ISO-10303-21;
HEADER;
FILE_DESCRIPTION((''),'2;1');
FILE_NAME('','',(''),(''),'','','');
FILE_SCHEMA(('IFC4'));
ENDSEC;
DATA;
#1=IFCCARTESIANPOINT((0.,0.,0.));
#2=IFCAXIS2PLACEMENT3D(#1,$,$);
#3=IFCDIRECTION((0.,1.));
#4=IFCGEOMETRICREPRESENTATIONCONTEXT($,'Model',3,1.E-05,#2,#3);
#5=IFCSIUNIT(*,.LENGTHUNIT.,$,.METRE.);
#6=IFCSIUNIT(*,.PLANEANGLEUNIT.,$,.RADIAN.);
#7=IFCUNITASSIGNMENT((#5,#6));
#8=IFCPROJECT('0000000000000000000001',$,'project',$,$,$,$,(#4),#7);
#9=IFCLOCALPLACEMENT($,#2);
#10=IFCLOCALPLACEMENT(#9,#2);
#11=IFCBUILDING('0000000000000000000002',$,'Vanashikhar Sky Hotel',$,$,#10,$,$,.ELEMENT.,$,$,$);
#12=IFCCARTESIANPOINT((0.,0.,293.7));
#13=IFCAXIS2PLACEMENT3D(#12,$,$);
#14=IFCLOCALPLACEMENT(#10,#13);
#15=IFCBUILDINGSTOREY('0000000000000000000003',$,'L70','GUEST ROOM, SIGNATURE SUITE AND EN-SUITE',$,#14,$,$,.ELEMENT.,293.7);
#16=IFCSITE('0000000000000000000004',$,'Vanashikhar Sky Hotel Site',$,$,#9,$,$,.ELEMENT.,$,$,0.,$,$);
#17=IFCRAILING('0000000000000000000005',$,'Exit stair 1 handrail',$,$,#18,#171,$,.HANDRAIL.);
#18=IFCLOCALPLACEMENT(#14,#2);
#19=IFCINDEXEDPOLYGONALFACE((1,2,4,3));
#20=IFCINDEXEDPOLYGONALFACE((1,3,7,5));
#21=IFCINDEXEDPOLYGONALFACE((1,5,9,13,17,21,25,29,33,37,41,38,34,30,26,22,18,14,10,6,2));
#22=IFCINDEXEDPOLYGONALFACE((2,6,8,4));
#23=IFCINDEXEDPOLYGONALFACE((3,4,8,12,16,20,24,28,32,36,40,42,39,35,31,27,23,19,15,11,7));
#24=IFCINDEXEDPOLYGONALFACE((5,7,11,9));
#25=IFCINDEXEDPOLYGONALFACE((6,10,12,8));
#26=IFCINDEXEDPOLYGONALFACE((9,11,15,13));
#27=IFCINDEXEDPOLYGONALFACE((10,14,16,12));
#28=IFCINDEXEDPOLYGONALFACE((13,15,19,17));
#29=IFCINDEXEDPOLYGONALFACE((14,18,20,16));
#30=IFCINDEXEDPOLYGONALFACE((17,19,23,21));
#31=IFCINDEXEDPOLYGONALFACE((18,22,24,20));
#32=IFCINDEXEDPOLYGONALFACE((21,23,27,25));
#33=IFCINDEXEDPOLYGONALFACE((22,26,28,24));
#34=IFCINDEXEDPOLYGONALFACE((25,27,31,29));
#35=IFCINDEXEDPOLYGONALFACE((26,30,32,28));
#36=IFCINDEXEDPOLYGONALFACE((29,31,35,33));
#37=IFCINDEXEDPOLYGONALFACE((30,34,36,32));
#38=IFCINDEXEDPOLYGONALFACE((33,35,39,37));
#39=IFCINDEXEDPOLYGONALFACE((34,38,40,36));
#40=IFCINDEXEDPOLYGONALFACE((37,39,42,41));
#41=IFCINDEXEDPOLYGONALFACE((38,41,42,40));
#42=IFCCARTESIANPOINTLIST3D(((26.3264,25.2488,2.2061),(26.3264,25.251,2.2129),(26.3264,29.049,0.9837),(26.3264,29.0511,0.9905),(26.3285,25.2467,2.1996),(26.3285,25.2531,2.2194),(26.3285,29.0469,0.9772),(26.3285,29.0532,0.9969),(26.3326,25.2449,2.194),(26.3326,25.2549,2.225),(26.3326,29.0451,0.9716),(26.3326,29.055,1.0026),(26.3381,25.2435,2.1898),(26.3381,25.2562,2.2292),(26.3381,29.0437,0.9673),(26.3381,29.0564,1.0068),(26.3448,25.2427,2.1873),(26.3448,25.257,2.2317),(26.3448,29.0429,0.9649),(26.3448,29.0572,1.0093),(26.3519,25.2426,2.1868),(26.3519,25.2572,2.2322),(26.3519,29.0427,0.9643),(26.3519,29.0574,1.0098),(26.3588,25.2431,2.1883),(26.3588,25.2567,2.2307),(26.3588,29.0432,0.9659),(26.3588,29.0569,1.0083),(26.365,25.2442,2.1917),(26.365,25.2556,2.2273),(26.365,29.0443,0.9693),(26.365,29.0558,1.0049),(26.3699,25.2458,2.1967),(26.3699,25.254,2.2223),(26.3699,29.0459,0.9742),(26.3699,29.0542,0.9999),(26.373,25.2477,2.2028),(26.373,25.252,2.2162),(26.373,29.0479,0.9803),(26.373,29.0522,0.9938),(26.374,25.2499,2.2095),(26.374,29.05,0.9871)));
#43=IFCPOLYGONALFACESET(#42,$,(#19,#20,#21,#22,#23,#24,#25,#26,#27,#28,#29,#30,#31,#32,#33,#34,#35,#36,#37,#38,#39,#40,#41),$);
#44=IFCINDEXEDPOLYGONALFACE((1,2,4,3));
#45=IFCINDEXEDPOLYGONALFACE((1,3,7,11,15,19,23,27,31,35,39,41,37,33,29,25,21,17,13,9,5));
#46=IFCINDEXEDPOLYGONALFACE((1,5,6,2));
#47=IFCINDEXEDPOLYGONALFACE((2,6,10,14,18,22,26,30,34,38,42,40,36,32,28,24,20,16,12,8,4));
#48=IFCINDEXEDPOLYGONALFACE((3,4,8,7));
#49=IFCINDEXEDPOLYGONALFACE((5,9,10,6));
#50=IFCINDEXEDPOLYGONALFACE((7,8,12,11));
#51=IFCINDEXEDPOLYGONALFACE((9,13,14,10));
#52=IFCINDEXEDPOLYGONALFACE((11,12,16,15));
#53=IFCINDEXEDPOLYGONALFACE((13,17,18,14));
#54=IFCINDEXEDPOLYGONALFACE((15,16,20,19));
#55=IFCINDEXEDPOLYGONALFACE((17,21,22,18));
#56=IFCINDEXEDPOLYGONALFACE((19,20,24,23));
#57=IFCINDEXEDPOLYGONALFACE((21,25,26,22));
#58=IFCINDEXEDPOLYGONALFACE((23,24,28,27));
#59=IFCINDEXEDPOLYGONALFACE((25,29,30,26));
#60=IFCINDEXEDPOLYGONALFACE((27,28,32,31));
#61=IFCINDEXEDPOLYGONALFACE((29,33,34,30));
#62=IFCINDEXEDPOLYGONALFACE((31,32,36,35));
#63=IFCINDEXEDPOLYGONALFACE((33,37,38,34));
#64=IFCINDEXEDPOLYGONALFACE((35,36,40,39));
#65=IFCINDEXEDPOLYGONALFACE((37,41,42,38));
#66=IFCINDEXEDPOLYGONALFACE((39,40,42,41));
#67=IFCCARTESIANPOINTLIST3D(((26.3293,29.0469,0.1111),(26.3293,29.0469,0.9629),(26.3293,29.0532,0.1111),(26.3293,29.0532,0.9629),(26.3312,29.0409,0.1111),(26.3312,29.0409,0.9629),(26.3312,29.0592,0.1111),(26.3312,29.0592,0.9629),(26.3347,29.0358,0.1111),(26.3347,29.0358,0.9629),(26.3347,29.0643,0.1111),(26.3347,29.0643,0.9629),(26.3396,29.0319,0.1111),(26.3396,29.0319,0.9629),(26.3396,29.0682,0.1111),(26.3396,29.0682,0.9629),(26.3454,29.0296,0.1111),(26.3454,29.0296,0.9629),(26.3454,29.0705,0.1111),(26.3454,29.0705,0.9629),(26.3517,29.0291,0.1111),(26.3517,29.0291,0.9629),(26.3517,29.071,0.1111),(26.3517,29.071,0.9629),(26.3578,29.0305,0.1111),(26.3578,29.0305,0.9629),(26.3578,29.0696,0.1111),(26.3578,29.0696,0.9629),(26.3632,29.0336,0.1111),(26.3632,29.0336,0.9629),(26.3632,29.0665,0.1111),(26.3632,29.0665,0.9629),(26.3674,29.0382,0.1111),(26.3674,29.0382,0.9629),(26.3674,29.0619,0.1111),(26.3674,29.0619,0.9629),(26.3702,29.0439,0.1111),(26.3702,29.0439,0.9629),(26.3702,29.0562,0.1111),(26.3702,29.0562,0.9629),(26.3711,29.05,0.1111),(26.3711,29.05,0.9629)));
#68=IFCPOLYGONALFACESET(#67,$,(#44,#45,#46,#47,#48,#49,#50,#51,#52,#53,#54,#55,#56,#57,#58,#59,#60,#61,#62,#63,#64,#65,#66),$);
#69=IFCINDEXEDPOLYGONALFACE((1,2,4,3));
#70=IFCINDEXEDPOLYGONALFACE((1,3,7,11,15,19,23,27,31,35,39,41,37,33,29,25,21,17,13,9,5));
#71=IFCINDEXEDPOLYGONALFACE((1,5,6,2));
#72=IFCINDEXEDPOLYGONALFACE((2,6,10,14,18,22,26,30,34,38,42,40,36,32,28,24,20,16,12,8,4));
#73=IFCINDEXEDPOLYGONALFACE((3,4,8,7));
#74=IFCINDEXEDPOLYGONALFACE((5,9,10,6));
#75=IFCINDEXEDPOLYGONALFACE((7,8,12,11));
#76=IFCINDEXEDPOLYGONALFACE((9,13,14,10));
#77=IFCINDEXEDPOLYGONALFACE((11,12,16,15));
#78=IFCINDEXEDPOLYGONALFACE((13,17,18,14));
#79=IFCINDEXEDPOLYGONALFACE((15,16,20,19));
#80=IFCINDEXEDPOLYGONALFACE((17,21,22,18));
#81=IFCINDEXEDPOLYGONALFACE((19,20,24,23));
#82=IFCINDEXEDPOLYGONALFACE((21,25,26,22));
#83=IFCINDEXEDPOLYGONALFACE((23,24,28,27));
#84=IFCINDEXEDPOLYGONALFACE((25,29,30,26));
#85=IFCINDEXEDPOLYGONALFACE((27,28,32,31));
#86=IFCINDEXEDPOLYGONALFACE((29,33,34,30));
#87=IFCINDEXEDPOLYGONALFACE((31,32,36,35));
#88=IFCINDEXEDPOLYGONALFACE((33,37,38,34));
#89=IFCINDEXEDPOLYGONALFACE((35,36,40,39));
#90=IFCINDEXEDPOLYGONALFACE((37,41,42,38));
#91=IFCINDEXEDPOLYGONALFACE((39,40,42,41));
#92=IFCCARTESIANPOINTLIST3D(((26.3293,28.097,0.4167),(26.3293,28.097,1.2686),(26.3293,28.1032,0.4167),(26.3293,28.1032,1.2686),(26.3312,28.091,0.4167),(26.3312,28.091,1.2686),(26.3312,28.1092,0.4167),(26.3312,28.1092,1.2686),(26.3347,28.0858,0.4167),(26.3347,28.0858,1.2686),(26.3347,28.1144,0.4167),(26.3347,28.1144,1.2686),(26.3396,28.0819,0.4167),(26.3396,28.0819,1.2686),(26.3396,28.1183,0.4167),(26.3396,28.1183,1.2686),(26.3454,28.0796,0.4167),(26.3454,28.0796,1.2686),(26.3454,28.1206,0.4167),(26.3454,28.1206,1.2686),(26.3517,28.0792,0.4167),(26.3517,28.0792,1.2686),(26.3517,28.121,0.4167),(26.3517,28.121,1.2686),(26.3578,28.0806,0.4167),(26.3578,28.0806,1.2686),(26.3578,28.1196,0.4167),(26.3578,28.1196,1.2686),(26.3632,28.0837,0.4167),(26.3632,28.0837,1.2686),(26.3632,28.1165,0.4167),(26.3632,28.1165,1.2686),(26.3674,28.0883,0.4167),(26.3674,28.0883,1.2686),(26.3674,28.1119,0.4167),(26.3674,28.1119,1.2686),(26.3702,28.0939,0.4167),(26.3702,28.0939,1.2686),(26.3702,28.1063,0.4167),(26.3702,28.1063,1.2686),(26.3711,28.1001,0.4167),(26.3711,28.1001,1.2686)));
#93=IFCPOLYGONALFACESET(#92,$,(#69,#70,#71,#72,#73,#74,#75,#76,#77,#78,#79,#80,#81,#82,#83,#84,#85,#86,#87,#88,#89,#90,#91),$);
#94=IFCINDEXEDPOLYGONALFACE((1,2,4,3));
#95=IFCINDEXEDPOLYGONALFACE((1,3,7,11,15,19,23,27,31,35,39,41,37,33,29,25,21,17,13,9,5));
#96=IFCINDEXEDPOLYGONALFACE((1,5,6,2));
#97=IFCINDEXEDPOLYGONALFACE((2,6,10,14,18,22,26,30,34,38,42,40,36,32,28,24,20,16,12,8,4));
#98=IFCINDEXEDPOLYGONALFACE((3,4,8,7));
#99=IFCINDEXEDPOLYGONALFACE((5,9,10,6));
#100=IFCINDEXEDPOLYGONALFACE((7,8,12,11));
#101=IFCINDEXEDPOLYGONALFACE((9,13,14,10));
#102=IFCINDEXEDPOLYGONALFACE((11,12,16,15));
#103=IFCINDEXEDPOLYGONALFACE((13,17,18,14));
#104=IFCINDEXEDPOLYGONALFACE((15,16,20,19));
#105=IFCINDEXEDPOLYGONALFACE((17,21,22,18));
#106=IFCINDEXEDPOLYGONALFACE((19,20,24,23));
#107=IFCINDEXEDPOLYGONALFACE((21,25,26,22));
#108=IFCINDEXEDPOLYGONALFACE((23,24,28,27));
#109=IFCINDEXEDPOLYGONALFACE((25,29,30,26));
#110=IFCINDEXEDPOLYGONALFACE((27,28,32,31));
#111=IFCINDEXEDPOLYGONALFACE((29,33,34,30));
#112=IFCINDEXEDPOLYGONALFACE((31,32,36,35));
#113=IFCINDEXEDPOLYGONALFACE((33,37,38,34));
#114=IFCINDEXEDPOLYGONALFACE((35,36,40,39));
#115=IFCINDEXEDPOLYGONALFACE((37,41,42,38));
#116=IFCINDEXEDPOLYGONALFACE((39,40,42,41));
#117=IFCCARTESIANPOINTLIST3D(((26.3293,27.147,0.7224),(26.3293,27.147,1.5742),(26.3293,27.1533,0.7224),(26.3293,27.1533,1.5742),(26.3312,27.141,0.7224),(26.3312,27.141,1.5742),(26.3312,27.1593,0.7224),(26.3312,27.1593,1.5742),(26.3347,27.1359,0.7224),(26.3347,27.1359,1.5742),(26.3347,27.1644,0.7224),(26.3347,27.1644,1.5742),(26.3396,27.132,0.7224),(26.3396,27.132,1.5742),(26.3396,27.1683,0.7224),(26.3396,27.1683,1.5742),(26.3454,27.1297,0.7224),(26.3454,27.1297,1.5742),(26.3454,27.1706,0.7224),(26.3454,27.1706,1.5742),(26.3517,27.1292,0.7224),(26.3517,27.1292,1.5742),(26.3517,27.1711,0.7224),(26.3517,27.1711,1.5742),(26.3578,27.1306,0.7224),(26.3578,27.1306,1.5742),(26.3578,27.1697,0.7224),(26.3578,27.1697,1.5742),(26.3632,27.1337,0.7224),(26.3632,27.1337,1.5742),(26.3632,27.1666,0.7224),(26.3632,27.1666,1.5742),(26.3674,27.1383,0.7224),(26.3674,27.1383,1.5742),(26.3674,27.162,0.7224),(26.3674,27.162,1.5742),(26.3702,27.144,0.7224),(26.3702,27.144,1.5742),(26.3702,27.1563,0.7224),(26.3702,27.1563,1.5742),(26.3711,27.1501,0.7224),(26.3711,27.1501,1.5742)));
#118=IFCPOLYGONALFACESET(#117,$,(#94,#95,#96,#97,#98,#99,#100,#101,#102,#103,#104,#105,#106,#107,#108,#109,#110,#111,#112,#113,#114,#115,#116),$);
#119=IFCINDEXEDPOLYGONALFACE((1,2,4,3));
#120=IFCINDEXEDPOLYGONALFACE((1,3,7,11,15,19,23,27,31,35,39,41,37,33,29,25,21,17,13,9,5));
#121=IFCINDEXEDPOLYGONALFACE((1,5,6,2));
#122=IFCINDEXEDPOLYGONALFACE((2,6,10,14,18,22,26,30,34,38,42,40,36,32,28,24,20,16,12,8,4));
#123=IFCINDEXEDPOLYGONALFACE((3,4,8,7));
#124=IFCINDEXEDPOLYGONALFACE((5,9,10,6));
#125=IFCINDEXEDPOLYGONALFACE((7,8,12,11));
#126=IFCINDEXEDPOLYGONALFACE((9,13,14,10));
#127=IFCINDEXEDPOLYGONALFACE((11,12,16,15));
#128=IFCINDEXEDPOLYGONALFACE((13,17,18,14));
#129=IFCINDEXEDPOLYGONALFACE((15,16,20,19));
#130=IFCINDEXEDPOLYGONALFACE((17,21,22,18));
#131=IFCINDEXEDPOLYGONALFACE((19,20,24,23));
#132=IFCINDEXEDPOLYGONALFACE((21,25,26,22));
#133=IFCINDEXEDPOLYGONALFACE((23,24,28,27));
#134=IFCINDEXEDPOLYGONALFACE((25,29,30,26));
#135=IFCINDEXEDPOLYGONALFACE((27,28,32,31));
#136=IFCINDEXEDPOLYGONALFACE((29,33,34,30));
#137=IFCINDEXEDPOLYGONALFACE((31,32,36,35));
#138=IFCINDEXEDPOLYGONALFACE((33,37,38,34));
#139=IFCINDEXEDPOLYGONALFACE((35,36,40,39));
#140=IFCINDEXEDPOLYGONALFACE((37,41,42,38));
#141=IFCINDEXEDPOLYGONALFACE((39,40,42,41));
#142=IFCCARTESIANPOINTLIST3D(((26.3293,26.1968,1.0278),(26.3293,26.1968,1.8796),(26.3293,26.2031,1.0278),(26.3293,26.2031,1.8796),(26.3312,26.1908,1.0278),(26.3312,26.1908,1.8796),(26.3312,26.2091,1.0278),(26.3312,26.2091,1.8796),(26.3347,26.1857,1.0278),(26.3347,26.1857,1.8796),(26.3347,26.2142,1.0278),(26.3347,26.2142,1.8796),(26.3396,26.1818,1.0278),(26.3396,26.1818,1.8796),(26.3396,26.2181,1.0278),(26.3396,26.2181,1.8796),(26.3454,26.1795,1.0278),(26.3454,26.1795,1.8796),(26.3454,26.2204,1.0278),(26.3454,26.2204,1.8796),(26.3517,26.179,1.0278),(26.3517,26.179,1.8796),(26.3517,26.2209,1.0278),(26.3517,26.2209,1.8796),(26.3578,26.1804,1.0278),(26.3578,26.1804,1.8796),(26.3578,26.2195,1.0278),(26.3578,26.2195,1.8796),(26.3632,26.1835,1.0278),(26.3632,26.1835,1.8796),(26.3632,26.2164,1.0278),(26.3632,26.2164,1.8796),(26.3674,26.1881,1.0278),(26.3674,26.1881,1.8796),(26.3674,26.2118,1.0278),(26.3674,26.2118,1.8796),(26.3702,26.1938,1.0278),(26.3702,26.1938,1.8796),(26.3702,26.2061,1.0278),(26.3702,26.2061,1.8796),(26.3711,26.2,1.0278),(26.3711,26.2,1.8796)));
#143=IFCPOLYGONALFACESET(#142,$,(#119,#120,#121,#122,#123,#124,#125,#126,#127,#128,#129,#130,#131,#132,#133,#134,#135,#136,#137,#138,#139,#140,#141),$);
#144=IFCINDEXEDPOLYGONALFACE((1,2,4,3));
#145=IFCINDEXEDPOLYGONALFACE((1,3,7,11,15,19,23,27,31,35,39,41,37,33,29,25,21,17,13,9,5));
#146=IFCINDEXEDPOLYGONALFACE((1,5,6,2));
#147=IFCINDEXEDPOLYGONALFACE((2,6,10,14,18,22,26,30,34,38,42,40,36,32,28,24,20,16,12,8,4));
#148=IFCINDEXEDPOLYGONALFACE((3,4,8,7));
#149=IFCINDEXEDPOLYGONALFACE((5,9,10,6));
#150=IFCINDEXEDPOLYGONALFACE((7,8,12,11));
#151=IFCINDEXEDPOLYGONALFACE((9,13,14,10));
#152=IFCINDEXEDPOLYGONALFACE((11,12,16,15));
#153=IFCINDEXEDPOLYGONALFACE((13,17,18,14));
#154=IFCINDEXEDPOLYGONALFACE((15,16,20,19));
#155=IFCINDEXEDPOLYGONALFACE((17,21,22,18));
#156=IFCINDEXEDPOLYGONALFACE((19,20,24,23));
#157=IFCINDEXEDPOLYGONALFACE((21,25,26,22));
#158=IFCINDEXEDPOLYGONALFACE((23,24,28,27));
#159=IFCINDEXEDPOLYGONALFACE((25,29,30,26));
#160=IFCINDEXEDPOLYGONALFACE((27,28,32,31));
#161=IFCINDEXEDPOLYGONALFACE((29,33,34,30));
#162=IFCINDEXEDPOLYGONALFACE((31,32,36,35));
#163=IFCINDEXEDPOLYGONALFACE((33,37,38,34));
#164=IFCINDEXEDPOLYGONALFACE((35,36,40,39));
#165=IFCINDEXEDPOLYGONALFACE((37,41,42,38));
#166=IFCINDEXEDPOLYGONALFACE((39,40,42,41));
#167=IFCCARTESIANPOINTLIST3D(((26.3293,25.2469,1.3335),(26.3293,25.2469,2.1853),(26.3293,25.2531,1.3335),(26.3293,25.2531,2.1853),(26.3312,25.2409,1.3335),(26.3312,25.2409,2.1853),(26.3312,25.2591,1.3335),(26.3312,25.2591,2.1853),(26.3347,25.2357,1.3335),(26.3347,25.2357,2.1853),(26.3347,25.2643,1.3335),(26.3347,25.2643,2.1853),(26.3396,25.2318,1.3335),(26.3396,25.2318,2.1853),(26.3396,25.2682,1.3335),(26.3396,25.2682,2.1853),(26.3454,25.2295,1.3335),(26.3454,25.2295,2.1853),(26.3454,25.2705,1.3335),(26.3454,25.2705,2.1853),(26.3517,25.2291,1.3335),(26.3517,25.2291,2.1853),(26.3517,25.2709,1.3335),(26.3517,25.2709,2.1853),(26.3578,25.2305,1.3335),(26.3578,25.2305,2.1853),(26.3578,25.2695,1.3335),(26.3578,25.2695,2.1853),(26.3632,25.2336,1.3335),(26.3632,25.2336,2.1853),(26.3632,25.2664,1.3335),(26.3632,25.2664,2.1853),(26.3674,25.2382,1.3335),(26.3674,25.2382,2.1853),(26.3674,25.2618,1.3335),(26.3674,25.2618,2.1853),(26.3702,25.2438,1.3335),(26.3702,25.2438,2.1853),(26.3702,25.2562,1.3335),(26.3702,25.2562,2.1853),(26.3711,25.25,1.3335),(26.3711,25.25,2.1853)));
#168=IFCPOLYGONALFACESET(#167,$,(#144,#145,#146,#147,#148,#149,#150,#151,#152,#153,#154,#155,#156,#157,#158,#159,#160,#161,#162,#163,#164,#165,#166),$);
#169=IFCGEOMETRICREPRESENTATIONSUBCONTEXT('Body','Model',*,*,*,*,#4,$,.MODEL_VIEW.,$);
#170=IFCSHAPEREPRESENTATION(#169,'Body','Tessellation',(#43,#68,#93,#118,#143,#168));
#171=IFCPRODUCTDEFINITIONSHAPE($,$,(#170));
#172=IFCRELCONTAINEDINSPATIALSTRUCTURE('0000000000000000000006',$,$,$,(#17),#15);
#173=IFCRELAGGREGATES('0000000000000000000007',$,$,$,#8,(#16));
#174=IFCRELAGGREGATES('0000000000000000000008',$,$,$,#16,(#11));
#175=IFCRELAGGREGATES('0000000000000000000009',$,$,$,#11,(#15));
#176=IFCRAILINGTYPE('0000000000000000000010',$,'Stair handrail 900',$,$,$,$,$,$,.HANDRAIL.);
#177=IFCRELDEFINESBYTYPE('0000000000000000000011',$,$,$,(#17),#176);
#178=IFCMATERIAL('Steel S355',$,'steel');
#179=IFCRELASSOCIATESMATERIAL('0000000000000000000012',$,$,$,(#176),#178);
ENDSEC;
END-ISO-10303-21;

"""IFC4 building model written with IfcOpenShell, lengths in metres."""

from ifc_helpers import new_model, si_unit, direction, frame, origin, origin_2d, place, context, subcontext, project, spatial, circle, extrude, source, transform, mapped, material, type_object, element, save


model = new_model("IFC4")

# Units and contexts
model_context = context("Model", 3, precision=1e-05, world=origin(), true_north=direction((0.0, 1.0)))
body_context = subcontext(model_context, "Body", "Model", "MODEL_VIEW")
ifc_project = project(units=[si_unit("LENGTHUNIT", "METRE"), si_unit("PLANEANGLEUNIT", "RADIAN")], contexts=[model_context])

# Site, building, storey
site_placement = place(None, origin())
site = spatial("IfcSite", under=ifc_project, at=site_placement, Name="Vanashikhar Sky Hotel Site", CompositionType="ELEMENT", RefElevation=0.0)
building_placement = place(site_placement, origin())
building = spatial("IfcBuilding", under=site, at=building_placement, Name="Vanashikhar Sky Hotel", CompositionType="ELEMENT")
storey_placement = place(building_placement, frame((0.0, 0.0, 293.7)))
storey = spatial("IfcBuildingStorey", under=building, at=storey_placement, Name="L70", Description="GUEST ROOM, SIGNATURE SUITE AND EN-SUITE", CompositionType="ELEMENT", Elevation=293.7)

# Railing
ifc_material_1 = material(Name="Steel S355", Category="steel")
railing_type = type_object("IfcRailingType", Name="Stair handrail 900", PredefinedType="HANDRAIL", material=ifc_material_1)
shared_shape_1 = source(origin(), body_context, "Body", "SweptSolid", [
    extrude(circle(Radius=0.0239, at=origin_2d()), frame((0.0, 0.0, 0.876), z_axis=(0.0, -0.951958, 0.306229), x_axis=(1.0, 0.0, 0.0)), (0.0, 0.0, 1.0), 3.9919),
    extrude(circle(Radius=0.021, at=origin_2d()), origin(), (0.0, 0.0, 1.0), 0.8518),
    extrude(circle(Radius=0.021, at=origin_2d()), frame((0.0, -0.95, 0.3057)), (0.0, 0.0, 1.0), 0.8518),
    extrude(circle(Radius=0.021, at=origin_2d()), frame((0.0, -1.8999, 0.6113)), (0.0, 0.0, 1.0), 0.8518),
    extrude(circle(Radius=0.021, at=origin_2d()), frame((0.0, -2.8501, 0.9167)), (0.0, 0.0, 1.0), 0.8518),
    extrude(circle(Radius=0.021, at=origin_2d()), frame((0.0, -3.8, 1.2224)), (0.0, 0.0, 1.0), 0.8518),
])
railing_1_placement = place(storey_placement, frame((26.3501, 29.05, 0.1111)))
element("IfcRailing", 1, at=railing_1_placement, inside=storey, type_object=railing_type, Name="Exit stair 1 handrail", PredefinedType="HANDRAIL", context=body_context, shape_type="MappedRepresentation", body=[
    mapped(shared_shape_1, transform((0.0, 0.0, 0.0), scale=1.0)),
])

save(model, "model.ifc")
